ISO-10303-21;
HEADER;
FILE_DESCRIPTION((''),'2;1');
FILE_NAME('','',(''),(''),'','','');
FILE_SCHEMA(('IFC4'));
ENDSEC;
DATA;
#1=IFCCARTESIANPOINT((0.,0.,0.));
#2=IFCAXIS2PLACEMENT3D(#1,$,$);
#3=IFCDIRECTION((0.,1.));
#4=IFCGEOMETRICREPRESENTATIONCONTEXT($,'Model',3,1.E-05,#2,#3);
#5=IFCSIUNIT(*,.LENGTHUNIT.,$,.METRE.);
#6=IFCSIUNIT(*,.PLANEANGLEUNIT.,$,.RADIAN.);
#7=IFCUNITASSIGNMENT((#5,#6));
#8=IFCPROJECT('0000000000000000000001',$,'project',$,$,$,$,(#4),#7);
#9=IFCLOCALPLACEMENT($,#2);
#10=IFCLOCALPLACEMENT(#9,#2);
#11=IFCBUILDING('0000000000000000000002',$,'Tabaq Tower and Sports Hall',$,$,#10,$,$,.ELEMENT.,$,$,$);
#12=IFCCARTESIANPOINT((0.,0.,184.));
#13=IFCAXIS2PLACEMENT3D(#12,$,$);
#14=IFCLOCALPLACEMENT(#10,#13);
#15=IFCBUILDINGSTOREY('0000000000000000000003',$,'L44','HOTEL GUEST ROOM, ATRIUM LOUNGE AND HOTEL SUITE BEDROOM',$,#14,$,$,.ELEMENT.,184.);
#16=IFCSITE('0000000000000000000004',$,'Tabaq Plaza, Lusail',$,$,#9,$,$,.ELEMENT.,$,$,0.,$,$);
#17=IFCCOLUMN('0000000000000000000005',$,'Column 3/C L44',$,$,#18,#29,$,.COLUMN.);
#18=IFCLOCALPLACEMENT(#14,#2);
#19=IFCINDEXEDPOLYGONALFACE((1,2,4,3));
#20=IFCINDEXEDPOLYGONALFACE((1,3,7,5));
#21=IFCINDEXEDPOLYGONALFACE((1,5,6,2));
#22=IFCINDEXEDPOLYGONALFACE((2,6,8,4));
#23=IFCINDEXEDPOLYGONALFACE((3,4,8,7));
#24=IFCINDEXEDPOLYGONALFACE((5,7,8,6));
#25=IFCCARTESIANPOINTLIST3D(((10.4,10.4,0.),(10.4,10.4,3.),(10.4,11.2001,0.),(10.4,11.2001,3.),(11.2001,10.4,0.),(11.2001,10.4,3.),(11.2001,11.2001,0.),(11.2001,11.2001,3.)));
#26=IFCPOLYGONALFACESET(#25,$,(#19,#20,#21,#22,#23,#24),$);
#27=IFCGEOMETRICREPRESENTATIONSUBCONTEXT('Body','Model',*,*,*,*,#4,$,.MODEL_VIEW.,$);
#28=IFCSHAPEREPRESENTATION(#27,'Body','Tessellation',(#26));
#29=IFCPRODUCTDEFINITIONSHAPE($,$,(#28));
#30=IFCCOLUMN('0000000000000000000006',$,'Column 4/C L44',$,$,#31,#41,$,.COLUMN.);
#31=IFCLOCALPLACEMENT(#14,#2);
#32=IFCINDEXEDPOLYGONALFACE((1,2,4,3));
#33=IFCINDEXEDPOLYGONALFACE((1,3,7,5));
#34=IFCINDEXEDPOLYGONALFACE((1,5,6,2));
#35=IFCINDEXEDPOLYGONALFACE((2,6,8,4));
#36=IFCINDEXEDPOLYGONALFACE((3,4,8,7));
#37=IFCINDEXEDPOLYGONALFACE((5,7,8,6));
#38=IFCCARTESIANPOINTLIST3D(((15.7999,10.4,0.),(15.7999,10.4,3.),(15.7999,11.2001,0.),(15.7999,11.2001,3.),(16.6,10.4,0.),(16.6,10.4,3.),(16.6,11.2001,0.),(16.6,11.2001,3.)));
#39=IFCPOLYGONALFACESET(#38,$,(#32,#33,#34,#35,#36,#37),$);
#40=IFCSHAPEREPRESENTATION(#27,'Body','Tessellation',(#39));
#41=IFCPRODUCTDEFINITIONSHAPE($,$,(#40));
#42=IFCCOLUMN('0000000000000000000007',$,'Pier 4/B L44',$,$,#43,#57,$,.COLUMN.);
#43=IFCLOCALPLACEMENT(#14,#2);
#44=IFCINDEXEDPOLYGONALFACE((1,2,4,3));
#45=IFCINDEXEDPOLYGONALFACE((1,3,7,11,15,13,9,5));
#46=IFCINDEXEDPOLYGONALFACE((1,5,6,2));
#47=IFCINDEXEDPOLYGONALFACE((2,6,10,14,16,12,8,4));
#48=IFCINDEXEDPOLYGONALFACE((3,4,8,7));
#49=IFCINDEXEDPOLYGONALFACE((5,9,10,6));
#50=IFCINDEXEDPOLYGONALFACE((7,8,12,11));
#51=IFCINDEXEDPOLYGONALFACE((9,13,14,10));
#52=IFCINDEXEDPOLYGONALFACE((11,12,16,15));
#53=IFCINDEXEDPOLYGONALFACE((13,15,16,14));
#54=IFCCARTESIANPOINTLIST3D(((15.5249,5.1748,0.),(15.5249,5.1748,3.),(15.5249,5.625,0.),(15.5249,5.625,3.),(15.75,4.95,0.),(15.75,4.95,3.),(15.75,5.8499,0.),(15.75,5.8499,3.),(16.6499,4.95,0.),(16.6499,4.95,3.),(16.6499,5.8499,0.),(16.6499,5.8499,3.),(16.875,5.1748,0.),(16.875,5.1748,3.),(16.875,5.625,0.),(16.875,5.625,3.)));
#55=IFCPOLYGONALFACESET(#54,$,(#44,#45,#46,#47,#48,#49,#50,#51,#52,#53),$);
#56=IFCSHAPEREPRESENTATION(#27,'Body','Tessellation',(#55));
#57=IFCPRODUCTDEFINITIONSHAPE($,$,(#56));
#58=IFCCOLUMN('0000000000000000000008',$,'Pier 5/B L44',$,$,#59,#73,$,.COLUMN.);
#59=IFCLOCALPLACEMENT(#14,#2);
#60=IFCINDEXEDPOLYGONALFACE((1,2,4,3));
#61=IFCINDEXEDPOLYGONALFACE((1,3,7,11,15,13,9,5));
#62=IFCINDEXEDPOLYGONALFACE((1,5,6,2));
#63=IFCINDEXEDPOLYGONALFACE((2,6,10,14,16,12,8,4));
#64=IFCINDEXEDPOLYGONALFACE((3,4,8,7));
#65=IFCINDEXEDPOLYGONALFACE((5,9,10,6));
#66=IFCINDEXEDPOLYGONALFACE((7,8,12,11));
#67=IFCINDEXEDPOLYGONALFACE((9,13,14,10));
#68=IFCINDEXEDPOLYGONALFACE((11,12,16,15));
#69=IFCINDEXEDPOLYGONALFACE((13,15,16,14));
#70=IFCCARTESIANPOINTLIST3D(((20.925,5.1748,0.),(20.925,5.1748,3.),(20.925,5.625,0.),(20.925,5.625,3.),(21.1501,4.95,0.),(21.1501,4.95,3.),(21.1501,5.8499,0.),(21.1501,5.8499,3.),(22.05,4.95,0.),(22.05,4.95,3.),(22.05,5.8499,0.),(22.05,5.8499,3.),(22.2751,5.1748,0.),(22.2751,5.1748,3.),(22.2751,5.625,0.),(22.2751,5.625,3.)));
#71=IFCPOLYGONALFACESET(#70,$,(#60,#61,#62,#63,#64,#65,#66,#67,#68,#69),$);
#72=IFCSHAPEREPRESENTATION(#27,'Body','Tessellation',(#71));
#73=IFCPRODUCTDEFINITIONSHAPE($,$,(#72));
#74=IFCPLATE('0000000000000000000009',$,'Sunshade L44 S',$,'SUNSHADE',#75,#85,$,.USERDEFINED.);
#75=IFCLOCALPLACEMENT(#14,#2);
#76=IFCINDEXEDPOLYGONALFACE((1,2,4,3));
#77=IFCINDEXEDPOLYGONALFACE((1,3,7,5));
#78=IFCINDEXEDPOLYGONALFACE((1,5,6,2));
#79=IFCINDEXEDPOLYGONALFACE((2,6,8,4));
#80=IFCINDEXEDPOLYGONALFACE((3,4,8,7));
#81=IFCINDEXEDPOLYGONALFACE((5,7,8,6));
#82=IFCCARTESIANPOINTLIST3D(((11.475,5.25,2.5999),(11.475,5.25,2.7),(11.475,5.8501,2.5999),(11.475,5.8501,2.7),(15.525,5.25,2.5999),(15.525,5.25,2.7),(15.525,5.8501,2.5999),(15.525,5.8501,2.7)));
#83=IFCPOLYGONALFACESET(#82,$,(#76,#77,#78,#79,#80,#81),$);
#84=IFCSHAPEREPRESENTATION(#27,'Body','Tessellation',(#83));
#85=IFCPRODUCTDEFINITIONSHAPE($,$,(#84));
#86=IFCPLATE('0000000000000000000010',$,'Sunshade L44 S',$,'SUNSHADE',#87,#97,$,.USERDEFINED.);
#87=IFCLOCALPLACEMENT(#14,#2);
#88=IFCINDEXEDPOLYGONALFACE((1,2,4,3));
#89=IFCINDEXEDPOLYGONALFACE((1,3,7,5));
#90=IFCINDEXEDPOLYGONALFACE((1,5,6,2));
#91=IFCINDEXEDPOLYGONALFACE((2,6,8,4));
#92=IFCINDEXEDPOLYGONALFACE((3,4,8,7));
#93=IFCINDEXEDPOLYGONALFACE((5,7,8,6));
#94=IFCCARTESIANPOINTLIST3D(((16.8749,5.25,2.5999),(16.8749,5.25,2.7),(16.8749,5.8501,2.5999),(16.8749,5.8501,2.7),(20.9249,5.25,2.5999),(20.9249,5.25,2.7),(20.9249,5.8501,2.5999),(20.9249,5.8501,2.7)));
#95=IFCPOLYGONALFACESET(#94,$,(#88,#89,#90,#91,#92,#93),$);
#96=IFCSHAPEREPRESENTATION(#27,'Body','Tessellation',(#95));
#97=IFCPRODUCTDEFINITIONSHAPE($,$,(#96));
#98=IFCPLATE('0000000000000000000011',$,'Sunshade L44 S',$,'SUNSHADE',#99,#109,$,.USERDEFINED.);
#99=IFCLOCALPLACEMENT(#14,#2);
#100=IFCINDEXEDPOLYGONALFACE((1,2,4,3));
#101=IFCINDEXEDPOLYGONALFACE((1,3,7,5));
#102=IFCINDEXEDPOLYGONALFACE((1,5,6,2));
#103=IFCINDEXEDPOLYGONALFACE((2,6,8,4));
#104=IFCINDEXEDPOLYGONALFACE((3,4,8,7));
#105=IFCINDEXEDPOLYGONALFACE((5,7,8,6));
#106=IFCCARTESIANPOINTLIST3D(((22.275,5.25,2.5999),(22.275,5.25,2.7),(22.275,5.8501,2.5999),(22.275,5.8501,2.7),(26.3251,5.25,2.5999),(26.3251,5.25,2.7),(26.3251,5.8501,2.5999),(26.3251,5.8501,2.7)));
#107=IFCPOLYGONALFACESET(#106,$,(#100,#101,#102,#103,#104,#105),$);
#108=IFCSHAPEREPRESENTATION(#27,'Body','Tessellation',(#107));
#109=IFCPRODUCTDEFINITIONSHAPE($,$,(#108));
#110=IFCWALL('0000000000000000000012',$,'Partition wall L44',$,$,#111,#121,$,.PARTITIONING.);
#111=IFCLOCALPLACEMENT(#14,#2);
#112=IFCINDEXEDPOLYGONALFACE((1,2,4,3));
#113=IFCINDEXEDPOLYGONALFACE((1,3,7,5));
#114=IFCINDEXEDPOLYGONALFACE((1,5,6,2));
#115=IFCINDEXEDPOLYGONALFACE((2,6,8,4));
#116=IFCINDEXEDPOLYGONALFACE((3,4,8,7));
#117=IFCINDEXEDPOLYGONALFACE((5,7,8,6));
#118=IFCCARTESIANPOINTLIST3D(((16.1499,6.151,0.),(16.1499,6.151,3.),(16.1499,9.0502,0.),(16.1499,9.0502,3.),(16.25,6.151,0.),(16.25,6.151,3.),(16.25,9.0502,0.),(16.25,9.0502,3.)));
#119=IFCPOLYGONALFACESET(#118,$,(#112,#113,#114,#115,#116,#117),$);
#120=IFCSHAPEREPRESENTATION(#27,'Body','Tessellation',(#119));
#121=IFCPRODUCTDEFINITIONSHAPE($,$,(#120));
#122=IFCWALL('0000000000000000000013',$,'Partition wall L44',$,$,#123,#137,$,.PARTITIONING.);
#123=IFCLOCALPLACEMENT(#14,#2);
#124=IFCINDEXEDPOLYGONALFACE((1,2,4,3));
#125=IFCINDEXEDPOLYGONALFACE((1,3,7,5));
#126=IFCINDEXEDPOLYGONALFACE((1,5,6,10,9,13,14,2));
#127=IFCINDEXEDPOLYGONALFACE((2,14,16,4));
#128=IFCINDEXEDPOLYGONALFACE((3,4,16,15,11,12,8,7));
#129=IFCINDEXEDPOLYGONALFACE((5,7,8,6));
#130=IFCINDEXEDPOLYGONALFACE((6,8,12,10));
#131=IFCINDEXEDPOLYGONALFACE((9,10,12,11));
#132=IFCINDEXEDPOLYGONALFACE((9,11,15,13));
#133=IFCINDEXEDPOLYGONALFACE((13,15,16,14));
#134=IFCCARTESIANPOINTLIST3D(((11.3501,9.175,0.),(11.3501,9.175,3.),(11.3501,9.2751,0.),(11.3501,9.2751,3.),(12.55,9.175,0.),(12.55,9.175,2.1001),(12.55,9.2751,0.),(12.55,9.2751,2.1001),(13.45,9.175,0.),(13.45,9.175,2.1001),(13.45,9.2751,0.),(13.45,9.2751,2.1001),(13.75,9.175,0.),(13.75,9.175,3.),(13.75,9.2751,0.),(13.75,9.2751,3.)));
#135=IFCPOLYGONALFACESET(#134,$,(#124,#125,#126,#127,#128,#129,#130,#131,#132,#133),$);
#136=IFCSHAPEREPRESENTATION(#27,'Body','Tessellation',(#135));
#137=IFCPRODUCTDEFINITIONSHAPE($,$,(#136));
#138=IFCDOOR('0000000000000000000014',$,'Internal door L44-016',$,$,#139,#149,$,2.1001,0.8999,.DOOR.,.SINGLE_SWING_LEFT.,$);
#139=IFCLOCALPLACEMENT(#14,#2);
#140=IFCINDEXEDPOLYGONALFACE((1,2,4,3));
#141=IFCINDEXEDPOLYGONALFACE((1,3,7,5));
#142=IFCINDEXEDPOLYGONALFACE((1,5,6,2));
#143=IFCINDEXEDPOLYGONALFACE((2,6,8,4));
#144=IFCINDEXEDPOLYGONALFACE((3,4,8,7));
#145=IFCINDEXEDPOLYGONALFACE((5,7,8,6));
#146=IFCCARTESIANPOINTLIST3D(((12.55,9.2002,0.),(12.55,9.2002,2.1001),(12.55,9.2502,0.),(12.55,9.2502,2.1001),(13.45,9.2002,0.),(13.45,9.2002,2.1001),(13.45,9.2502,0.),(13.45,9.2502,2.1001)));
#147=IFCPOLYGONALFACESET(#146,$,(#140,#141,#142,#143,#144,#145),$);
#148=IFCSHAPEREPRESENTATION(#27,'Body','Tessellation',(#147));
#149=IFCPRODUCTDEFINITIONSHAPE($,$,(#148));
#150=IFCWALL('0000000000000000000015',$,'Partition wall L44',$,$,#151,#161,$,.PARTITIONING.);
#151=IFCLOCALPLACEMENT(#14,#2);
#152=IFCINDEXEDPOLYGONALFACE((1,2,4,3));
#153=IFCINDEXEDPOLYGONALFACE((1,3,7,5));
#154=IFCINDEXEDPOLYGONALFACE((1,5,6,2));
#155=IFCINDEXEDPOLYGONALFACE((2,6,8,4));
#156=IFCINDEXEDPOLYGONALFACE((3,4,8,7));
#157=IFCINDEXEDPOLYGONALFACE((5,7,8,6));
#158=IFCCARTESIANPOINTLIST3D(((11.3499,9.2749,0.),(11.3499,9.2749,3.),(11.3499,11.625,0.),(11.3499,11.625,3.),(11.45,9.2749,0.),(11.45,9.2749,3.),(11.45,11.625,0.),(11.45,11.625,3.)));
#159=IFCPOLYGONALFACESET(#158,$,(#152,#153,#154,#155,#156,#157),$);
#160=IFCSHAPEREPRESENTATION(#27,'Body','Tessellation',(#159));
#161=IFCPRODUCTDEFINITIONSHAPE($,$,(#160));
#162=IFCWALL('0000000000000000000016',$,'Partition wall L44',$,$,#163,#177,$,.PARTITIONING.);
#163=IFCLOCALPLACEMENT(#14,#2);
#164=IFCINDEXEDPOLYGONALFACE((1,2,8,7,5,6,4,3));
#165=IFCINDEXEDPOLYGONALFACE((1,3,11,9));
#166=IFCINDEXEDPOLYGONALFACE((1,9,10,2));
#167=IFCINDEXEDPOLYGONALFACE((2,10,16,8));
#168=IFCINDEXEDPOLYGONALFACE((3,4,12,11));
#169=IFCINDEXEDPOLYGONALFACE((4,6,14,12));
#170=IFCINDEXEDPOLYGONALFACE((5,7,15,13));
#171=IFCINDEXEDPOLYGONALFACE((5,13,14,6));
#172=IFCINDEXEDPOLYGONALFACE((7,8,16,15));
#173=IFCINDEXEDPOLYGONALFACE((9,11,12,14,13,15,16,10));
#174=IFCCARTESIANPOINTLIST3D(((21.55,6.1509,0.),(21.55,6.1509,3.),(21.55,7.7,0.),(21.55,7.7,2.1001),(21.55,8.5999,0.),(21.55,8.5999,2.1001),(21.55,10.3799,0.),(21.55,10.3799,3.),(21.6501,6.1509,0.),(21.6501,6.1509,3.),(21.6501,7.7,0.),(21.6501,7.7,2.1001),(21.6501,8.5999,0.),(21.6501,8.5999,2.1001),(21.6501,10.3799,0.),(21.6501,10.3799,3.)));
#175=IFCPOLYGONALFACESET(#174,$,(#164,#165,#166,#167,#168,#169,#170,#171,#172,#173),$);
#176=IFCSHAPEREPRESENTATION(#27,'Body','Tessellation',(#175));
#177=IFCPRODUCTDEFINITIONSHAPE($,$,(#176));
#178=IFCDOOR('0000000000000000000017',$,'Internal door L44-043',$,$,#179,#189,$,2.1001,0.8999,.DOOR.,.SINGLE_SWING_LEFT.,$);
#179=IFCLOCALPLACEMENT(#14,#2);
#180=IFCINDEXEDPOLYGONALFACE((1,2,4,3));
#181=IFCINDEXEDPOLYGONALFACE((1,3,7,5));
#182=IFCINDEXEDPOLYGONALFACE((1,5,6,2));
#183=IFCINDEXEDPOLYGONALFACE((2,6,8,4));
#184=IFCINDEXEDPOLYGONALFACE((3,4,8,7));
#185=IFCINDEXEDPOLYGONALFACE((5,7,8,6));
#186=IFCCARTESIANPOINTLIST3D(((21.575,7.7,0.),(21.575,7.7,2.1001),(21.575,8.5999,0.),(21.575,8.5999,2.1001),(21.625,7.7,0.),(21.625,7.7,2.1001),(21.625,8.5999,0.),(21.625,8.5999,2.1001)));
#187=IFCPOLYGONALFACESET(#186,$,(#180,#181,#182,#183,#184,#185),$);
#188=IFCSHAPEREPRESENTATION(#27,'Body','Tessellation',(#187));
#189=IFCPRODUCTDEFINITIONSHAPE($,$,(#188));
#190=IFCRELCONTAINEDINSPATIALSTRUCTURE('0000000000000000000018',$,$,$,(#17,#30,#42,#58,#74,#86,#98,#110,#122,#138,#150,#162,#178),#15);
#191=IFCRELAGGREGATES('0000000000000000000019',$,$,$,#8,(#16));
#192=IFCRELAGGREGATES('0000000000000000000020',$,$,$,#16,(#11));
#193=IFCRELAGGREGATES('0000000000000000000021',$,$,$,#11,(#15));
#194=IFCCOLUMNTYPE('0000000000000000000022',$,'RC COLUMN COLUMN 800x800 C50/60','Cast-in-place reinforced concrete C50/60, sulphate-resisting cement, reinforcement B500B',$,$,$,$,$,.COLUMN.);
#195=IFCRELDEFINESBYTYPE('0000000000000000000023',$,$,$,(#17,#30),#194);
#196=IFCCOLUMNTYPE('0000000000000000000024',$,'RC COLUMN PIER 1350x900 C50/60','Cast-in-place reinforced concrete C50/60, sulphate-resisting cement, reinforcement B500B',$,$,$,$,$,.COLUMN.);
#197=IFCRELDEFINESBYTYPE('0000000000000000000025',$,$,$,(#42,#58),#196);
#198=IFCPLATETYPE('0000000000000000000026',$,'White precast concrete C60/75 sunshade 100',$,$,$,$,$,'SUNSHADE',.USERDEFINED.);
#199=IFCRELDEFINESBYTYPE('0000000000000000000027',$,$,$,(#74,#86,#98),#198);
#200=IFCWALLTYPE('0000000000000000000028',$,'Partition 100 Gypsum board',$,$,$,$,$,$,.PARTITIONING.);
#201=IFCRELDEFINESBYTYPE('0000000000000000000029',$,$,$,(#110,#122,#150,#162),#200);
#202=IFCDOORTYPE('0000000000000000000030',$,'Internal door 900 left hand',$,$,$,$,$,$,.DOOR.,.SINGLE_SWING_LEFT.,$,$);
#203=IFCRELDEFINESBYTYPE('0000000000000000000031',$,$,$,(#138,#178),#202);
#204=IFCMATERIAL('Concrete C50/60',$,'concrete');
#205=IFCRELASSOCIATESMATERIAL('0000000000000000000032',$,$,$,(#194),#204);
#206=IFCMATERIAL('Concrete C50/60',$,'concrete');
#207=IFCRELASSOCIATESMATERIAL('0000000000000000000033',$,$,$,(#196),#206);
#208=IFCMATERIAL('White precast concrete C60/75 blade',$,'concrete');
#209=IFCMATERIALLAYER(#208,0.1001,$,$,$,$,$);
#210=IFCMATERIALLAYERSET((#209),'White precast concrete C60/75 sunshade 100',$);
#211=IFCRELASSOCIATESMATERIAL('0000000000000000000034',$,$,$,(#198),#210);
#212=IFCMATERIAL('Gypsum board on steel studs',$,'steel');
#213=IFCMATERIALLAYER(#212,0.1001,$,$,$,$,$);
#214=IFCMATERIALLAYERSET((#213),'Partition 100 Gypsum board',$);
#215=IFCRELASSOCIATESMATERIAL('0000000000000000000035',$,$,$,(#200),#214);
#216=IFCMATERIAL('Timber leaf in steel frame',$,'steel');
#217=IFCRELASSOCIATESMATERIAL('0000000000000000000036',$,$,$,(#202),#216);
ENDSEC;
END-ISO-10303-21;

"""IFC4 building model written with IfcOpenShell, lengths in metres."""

from ifc_helpers import new_model, si_unit, direction, frame, frame_2d, origin, origin_2d, place, context, subcontext, project, spatial, polyline, rectangle, outline, extrude, material, layer, layer_set, material_profile, profile_set, type_object, element, fill, save


model = new_model("IFC4")

# Units and contexts
model_context = context("Model", 3, precision=1e-05, world=origin(), true_north=direction((0.0, 1.0)))
body_context = subcontext(model_context, "Body", "Model", "MODEL_VIEW")
ifc_project = project(units=[si_unit("LENGTHUNIT", "METRE"), si_unit("PLANEANGLEUNIT", "RADIAN")], contexts=[model_context])

# Site, building, storey
site_placement = place(None, origin())
site = spatial("IfcSite", under=ifc_project, at=site_placement, Name="Tabaq Plaza, Lusail", CompositionType="ELEMENT", RefElevation=0.0)
building_placement = place(site_placement, origin())
building = spatial("IfcBuilding", under=site, at=building_placement, Name="Tabaq Tower and Sports Hall", CompositionType="ELEMENT")
storey_placement = place(building_placement, frame((0.0, 0.0, 184.0)))
storey = spatial("IfcBuildingStorey", under=building, at=storey_placement, Name="L44", Description="HOTEL GUEST ROOM, ATRIUM LOUNGE AND HOTEL SUITE BEDROOM", CompositionType="ELEMENT", Elevation=184.0)

# Columns
ifc_material_1 = material(Name="Concrete C50/60", Category="concrete")
ifc_material_profile_1 = material_profile(ifc_material_1, rectangle(XDim=0.8, YDim=0.8, at=origin_2d()), Name="COLUMN 800x800")
ifc_profile_set_1 = profile_set([ifc_material_profile_1], Name="Concrete C50/60")
column_type_1 = type_object("IfcColumnType", Name="RC COLUMN COLUMN 800x800 C50/60", Description="Cast-in-place reinforced concrete C50/60, sulphate-resisting cement, reinforcement B500B", PredefinedType="COLUMN", material=ifc_profile_set_1)
for number, where, z_axis, x_axis, name in (
    (1, (10.8, 10.8, 0.0), (0.0, 0.0, 1.0), (1.0, 0.0, 0.0), "Column 3/C L44"),
    (2, (16.2, 10.8, 0.0), (0.0, 0.0, 1.0), (1.0, 0.0, 0.0), "Column 4/C L44"),
):
    element("IfcColumn", number, at=place(storey_placement, frame(where, z_axis=z_axis, x_axis=x_axis)), inside=storey, type_object=column_type_1, Name=name, PredefinedType="COLUMN", context=body_context, shape_type="SweptSolid", body=[
        extrude(rectangle(XDim=0.8, YDim=0.8, at=origin_2d()), origin(), (0.0, 0.0, 1.0), 3.0),
    ])
ifc_material_2 = material(Name="Concrete C50/60", Category="concrete")
ifc_material_profile_2 = material_profile(ifc_material_2, outline(polyline([(-0.45, -0.45), (0.45, -0.45), (0.675, -0.2251), (0.675, 0.2251), (0.45, 0.45), (-0.45, 0.45), (-0.675, 0.2251), (-0.675, -0.2251), (-0.45, -0.45)])), Name="PIER 1350x900")
ifc_profile_set_2 = profile_set([ifc_material_profile_2], Name="Concrete C50/60")
column_type_2 = type_object("IfcColumnType", Name="RC COLUMN PIER 1350x900 C50/60", Description="Cast-in-place reinforced concrete C50/60, sulphate-resisting cement, reinforcement B500B", PredefinedType="COLUMN", material=ifc_profile_set_2)
for number, where, z_axis, x_axis, name in (
    (3, (16.2, 5.3999, 0.0), (0.0, 0.0, 1.0), (1.0, 0.0, 0.0), "Pier 4/B L44"),
    (4, (21.6001, 5.3999, 0.0), (0.0, 0.0, 1.0), (1.0, 0.0, 0.0), "Pier 5/B L44"),
):
    element("IfcColumn", number, at=place(storey_placement, frame(where, z_axis=z_axis, x_axis=x_axis)), inside=storey, type_object=column_type_2, Name=name, PredefinedType="COLUMN", context=body_context, shape_type="SweptSolid", body=[
        extrude(outline(polyline([(-0.45, -0.45), (0.45, -0.45), (0.675, -0.2251), (0.675, 0.2251), (0.45, 0.45), (-0.45, 0.45), (-0.675, 0.2251), (-0.675, -0.2251), (-0.45, -0.45)])), origin(), (0.0, 0.0, 1.0), 3.0),
    ])

# Plates
ifc_material_3 = material(Name="White precast concrete C60/75 blade", Category="concrete")
ifc_layer_1 = layer(ifc_material_3, 0.1001)
ifc_layer_set_1 = layer_set([ifc_layer_1], Name="White precast concrete C60/75 sunshade 100")
plate_type = type_object("IfcPlateType", Name="White precast concrete C60/75 sunshade 100", ElementType="SUNSHADE", PredefinedType="USERDEFINED", material=ifc_layer_set_1)
for number, where, z_axis, x_axis, name in (
    (5, (13.5, 5.55, 2.5999), (0.0, 0.0, 1.0), (1.0, 0.0, 0.0), "Sunshade L44 S"),
    (6, (18.8999, 5.55, 2.5999), (0.0, 0.0, 1.0), (1.0, 0.0, 0.0), "Sunshade L44 S"),
    (7, (24.3, 5.55, 2.5999), (0.0, 0.0, 1.0), (1.0, 0.0, 0.0), "Sunshade L44 S"),
):
    element("IfcPlate", number, at=place(storey_placement, frame(where, z_axis=z_axis, x_axis=x_axis)), inside=storey, type_object=plate_type, Name=name, ObjectType="SUNSHADE", PredefinedType="USERDEFINED", context=body_context, shape_type="SweptSolid", body=[
        extrude(rectangle(XDim=4.05, YDim=0.6001, at=origin_2d()), origin(), (0.0, 0.0, 1.0), 0.1001),
    ])

# Wall
ifc_material_4 = material(Name="Gypsum board on steel studs", Category="steel")
ifc_layer_2 = layer(ifc_material_4, 0.1001)
ifc_layer_set_2 = layer_set([ifc_layer_2], Name="Partition 100 Gypsum board")
wall_type_1 = type_object("IfcWallType", Name="Partition 100 Gypsum board", PredefinedType="PARTITIONING", material=ifc_layer_set_2)
wall_1_placement = place(storey_placement, frame((16.2, 6.1509, 0.0), z_axis=(0.0, 0.0, 1.0), x_axis=(0.0, 1.0, 0.0)))
element("IfcWall", 8, at=wall_1_placement, inside=storey, type_object=wall_type_1, Name="Partition wall L44", PredefinedType="PARTITIONING", context=body_context, shape_type="SweptSolid", body=[
    extrude(rectangle(XDim=2.8992, YDim=0.1001, at=frame_2d((1.4497, 0.0))), origin(), (0.0, 0.0, 1.0), 3.0),
])

# Wall, opening, door
wall_2_placement = place(storey_placement, frame((13.75, 9.2251, 0.0), z_axis=(0.0, 0.0, 1.0), x_axis=(-1.0, 0.0, 0.0)))
wall_2 = element("IfcWall", 9, at=wall_2_placement, inside=storey, type_object=wall_type_1, Name="Partition wall L44", PredefinedType="PARTITIONING", context=body_context, shape_type="SweptSolid", body=[
    extrude(rectangle(XDim=2.3999, YDim=0.1001, at=frame_2d((1.2, 0.0))), origin(), (0.0, 0.0, 1.0), 3.0),
])
opening_1_placement = place(wall_2_placement, frame((0.3, 0.0, 0.0)))
opening_1 = element("IfcOpeningElement", 10, at=opening_1_placement, cuts=wall_2, PredefinedType="OPENING", context=body_context, shape_type="SweptSolid", body=[
    extrude(rectangle(XDim=0.8999, YDim=2.1001, at=frame_2d((0.45, 1.05))), frame((0.0, 0.05, 0.0), z_axis=(0.0, -1.0, 0.0), x_axis=(1.0, 0.0, 0.0)), (0.0, 0.0, 1.0), 0.1001),
])
ifc_material_5 = material(Name="Timber leaf in steel frame", Category="steel")
door_type_1 = type_object("IfcDoorType", Name="Internal door 900 left hand", OperationType="SINGLE_SWING_LEFT", PredefinedType="DOOR", material=ifc_material_5)
door_1_placement = place(opening_1_placement, origin())
door_1 = element("IfcDoor", 11, at=door_1_placement, inside=storey, type_object=door_type_1, Name="Internal door L44-016", OperationType="SINGLE_SWING_LEFT", OverallHeight=2.1001, OverallWidth=0.8999, PredefinedType="DOOR", context=body_context, shape_type="SweptSolid", body=[
    extrude(rectangle(XDim=0.8999, YDim=2.1001, at=frame_2d((0.45, 1.05))), frame((0.0, 0.0249, 0.0), z_axis=(0.0, -1.0, 0.0), x_axis=(1.0, 0.0, 0.0)), (0.0, 0.0, 1.0), 0.05),
])
fill(opening_1, door_1)

# Wall
wall_3_placement = place(storey_placement, frame((11.3999, 9.2749, 0.0), z_axis=(0.0, 0.0, 1.0), x_axis=(0.0, 1.0, 0.0)))
element("IfcWall", 12, at=wall_3_placement, inside=storey, type_object=wall_type_1, Name="Partition wall L44", PredefinedType="PARTITIONING", context=body_context, shape_type="SweptSolid", body=[
    extrude(rectangle(XDim=2.3501, YDim=0.1001, at=frame_2d((1.175, 0.0))), origin(), (0.0, 0.0, 1.0), 3.0),
])

# Wall, opening, door
wall_4_placement = place(storey_placement, frame((21.6001, 10.3799, 0.0), z_axis=(0.0, 0.0, 1.0), x_axis=(0.0, -1.0, 0.0)))
wall_4 = element("IfcWall", 13, at=wall_4_placement, inside=storey, type_object=wall_type_1, Name="Partition wall L44", PredefinedType="PARTITIONING", context=body_context, shape_type="SweptSolid", body=[
    extrude(rectangle(XDim=4.229, YDim=0.1001, at=frame_2d((2.1145, 0.0))), origin(), (0.0, 0.0, 1.0), 3.0),
])
opening_2_placement = place(wall_4_placement, frame((1.78, 0.0, 0.0)))
opening_2 = element("IfcOpeningElement", 14, at=opening_2_placement, cuts=wall_4, PredefinedType="OPENING", context=body_context, shape_type="SweptSolid", body=[
    extrude(rectangle(XDim=0.8999, YDim=2.1001, at=frame_2d((0.45, 1.05))), frame((0.0, 0.05, 0.0), z_axis=(0.0, -1.0, 0.0), x_axis=(1.0, 0.0, 0.0)), (0.0, 0.0, 1.0), 0.1001),
])
door_2_placement = place(opening_2_placement, origin())
door_2 = element("IfcDoor", 15, at=door_2_placement, inside=storey, type_object=door_type_1, Name="Internal door L44-043", OperationType="SINGLE_SWING_LEFT", OverallHeight=2.1001, OverallWidth=0.8999, PredefinedType="DOOR", context=body_context, shape_type="SweptSolid", body=[
    extrude(rectangle(XDim=0.8999, YDim=2.1001, at=frame_2d((0.45, 1.05))), frame((0.0, 0.0249, 0.0), z_axis=(0.0, -1.0, 0.0), x_axis=(1.0, 0.0, 0.0)), (0.0, 0.0, 1.0), 0.05),
])
fill(opening_2, door_2)

save(model, "model.ifc")
